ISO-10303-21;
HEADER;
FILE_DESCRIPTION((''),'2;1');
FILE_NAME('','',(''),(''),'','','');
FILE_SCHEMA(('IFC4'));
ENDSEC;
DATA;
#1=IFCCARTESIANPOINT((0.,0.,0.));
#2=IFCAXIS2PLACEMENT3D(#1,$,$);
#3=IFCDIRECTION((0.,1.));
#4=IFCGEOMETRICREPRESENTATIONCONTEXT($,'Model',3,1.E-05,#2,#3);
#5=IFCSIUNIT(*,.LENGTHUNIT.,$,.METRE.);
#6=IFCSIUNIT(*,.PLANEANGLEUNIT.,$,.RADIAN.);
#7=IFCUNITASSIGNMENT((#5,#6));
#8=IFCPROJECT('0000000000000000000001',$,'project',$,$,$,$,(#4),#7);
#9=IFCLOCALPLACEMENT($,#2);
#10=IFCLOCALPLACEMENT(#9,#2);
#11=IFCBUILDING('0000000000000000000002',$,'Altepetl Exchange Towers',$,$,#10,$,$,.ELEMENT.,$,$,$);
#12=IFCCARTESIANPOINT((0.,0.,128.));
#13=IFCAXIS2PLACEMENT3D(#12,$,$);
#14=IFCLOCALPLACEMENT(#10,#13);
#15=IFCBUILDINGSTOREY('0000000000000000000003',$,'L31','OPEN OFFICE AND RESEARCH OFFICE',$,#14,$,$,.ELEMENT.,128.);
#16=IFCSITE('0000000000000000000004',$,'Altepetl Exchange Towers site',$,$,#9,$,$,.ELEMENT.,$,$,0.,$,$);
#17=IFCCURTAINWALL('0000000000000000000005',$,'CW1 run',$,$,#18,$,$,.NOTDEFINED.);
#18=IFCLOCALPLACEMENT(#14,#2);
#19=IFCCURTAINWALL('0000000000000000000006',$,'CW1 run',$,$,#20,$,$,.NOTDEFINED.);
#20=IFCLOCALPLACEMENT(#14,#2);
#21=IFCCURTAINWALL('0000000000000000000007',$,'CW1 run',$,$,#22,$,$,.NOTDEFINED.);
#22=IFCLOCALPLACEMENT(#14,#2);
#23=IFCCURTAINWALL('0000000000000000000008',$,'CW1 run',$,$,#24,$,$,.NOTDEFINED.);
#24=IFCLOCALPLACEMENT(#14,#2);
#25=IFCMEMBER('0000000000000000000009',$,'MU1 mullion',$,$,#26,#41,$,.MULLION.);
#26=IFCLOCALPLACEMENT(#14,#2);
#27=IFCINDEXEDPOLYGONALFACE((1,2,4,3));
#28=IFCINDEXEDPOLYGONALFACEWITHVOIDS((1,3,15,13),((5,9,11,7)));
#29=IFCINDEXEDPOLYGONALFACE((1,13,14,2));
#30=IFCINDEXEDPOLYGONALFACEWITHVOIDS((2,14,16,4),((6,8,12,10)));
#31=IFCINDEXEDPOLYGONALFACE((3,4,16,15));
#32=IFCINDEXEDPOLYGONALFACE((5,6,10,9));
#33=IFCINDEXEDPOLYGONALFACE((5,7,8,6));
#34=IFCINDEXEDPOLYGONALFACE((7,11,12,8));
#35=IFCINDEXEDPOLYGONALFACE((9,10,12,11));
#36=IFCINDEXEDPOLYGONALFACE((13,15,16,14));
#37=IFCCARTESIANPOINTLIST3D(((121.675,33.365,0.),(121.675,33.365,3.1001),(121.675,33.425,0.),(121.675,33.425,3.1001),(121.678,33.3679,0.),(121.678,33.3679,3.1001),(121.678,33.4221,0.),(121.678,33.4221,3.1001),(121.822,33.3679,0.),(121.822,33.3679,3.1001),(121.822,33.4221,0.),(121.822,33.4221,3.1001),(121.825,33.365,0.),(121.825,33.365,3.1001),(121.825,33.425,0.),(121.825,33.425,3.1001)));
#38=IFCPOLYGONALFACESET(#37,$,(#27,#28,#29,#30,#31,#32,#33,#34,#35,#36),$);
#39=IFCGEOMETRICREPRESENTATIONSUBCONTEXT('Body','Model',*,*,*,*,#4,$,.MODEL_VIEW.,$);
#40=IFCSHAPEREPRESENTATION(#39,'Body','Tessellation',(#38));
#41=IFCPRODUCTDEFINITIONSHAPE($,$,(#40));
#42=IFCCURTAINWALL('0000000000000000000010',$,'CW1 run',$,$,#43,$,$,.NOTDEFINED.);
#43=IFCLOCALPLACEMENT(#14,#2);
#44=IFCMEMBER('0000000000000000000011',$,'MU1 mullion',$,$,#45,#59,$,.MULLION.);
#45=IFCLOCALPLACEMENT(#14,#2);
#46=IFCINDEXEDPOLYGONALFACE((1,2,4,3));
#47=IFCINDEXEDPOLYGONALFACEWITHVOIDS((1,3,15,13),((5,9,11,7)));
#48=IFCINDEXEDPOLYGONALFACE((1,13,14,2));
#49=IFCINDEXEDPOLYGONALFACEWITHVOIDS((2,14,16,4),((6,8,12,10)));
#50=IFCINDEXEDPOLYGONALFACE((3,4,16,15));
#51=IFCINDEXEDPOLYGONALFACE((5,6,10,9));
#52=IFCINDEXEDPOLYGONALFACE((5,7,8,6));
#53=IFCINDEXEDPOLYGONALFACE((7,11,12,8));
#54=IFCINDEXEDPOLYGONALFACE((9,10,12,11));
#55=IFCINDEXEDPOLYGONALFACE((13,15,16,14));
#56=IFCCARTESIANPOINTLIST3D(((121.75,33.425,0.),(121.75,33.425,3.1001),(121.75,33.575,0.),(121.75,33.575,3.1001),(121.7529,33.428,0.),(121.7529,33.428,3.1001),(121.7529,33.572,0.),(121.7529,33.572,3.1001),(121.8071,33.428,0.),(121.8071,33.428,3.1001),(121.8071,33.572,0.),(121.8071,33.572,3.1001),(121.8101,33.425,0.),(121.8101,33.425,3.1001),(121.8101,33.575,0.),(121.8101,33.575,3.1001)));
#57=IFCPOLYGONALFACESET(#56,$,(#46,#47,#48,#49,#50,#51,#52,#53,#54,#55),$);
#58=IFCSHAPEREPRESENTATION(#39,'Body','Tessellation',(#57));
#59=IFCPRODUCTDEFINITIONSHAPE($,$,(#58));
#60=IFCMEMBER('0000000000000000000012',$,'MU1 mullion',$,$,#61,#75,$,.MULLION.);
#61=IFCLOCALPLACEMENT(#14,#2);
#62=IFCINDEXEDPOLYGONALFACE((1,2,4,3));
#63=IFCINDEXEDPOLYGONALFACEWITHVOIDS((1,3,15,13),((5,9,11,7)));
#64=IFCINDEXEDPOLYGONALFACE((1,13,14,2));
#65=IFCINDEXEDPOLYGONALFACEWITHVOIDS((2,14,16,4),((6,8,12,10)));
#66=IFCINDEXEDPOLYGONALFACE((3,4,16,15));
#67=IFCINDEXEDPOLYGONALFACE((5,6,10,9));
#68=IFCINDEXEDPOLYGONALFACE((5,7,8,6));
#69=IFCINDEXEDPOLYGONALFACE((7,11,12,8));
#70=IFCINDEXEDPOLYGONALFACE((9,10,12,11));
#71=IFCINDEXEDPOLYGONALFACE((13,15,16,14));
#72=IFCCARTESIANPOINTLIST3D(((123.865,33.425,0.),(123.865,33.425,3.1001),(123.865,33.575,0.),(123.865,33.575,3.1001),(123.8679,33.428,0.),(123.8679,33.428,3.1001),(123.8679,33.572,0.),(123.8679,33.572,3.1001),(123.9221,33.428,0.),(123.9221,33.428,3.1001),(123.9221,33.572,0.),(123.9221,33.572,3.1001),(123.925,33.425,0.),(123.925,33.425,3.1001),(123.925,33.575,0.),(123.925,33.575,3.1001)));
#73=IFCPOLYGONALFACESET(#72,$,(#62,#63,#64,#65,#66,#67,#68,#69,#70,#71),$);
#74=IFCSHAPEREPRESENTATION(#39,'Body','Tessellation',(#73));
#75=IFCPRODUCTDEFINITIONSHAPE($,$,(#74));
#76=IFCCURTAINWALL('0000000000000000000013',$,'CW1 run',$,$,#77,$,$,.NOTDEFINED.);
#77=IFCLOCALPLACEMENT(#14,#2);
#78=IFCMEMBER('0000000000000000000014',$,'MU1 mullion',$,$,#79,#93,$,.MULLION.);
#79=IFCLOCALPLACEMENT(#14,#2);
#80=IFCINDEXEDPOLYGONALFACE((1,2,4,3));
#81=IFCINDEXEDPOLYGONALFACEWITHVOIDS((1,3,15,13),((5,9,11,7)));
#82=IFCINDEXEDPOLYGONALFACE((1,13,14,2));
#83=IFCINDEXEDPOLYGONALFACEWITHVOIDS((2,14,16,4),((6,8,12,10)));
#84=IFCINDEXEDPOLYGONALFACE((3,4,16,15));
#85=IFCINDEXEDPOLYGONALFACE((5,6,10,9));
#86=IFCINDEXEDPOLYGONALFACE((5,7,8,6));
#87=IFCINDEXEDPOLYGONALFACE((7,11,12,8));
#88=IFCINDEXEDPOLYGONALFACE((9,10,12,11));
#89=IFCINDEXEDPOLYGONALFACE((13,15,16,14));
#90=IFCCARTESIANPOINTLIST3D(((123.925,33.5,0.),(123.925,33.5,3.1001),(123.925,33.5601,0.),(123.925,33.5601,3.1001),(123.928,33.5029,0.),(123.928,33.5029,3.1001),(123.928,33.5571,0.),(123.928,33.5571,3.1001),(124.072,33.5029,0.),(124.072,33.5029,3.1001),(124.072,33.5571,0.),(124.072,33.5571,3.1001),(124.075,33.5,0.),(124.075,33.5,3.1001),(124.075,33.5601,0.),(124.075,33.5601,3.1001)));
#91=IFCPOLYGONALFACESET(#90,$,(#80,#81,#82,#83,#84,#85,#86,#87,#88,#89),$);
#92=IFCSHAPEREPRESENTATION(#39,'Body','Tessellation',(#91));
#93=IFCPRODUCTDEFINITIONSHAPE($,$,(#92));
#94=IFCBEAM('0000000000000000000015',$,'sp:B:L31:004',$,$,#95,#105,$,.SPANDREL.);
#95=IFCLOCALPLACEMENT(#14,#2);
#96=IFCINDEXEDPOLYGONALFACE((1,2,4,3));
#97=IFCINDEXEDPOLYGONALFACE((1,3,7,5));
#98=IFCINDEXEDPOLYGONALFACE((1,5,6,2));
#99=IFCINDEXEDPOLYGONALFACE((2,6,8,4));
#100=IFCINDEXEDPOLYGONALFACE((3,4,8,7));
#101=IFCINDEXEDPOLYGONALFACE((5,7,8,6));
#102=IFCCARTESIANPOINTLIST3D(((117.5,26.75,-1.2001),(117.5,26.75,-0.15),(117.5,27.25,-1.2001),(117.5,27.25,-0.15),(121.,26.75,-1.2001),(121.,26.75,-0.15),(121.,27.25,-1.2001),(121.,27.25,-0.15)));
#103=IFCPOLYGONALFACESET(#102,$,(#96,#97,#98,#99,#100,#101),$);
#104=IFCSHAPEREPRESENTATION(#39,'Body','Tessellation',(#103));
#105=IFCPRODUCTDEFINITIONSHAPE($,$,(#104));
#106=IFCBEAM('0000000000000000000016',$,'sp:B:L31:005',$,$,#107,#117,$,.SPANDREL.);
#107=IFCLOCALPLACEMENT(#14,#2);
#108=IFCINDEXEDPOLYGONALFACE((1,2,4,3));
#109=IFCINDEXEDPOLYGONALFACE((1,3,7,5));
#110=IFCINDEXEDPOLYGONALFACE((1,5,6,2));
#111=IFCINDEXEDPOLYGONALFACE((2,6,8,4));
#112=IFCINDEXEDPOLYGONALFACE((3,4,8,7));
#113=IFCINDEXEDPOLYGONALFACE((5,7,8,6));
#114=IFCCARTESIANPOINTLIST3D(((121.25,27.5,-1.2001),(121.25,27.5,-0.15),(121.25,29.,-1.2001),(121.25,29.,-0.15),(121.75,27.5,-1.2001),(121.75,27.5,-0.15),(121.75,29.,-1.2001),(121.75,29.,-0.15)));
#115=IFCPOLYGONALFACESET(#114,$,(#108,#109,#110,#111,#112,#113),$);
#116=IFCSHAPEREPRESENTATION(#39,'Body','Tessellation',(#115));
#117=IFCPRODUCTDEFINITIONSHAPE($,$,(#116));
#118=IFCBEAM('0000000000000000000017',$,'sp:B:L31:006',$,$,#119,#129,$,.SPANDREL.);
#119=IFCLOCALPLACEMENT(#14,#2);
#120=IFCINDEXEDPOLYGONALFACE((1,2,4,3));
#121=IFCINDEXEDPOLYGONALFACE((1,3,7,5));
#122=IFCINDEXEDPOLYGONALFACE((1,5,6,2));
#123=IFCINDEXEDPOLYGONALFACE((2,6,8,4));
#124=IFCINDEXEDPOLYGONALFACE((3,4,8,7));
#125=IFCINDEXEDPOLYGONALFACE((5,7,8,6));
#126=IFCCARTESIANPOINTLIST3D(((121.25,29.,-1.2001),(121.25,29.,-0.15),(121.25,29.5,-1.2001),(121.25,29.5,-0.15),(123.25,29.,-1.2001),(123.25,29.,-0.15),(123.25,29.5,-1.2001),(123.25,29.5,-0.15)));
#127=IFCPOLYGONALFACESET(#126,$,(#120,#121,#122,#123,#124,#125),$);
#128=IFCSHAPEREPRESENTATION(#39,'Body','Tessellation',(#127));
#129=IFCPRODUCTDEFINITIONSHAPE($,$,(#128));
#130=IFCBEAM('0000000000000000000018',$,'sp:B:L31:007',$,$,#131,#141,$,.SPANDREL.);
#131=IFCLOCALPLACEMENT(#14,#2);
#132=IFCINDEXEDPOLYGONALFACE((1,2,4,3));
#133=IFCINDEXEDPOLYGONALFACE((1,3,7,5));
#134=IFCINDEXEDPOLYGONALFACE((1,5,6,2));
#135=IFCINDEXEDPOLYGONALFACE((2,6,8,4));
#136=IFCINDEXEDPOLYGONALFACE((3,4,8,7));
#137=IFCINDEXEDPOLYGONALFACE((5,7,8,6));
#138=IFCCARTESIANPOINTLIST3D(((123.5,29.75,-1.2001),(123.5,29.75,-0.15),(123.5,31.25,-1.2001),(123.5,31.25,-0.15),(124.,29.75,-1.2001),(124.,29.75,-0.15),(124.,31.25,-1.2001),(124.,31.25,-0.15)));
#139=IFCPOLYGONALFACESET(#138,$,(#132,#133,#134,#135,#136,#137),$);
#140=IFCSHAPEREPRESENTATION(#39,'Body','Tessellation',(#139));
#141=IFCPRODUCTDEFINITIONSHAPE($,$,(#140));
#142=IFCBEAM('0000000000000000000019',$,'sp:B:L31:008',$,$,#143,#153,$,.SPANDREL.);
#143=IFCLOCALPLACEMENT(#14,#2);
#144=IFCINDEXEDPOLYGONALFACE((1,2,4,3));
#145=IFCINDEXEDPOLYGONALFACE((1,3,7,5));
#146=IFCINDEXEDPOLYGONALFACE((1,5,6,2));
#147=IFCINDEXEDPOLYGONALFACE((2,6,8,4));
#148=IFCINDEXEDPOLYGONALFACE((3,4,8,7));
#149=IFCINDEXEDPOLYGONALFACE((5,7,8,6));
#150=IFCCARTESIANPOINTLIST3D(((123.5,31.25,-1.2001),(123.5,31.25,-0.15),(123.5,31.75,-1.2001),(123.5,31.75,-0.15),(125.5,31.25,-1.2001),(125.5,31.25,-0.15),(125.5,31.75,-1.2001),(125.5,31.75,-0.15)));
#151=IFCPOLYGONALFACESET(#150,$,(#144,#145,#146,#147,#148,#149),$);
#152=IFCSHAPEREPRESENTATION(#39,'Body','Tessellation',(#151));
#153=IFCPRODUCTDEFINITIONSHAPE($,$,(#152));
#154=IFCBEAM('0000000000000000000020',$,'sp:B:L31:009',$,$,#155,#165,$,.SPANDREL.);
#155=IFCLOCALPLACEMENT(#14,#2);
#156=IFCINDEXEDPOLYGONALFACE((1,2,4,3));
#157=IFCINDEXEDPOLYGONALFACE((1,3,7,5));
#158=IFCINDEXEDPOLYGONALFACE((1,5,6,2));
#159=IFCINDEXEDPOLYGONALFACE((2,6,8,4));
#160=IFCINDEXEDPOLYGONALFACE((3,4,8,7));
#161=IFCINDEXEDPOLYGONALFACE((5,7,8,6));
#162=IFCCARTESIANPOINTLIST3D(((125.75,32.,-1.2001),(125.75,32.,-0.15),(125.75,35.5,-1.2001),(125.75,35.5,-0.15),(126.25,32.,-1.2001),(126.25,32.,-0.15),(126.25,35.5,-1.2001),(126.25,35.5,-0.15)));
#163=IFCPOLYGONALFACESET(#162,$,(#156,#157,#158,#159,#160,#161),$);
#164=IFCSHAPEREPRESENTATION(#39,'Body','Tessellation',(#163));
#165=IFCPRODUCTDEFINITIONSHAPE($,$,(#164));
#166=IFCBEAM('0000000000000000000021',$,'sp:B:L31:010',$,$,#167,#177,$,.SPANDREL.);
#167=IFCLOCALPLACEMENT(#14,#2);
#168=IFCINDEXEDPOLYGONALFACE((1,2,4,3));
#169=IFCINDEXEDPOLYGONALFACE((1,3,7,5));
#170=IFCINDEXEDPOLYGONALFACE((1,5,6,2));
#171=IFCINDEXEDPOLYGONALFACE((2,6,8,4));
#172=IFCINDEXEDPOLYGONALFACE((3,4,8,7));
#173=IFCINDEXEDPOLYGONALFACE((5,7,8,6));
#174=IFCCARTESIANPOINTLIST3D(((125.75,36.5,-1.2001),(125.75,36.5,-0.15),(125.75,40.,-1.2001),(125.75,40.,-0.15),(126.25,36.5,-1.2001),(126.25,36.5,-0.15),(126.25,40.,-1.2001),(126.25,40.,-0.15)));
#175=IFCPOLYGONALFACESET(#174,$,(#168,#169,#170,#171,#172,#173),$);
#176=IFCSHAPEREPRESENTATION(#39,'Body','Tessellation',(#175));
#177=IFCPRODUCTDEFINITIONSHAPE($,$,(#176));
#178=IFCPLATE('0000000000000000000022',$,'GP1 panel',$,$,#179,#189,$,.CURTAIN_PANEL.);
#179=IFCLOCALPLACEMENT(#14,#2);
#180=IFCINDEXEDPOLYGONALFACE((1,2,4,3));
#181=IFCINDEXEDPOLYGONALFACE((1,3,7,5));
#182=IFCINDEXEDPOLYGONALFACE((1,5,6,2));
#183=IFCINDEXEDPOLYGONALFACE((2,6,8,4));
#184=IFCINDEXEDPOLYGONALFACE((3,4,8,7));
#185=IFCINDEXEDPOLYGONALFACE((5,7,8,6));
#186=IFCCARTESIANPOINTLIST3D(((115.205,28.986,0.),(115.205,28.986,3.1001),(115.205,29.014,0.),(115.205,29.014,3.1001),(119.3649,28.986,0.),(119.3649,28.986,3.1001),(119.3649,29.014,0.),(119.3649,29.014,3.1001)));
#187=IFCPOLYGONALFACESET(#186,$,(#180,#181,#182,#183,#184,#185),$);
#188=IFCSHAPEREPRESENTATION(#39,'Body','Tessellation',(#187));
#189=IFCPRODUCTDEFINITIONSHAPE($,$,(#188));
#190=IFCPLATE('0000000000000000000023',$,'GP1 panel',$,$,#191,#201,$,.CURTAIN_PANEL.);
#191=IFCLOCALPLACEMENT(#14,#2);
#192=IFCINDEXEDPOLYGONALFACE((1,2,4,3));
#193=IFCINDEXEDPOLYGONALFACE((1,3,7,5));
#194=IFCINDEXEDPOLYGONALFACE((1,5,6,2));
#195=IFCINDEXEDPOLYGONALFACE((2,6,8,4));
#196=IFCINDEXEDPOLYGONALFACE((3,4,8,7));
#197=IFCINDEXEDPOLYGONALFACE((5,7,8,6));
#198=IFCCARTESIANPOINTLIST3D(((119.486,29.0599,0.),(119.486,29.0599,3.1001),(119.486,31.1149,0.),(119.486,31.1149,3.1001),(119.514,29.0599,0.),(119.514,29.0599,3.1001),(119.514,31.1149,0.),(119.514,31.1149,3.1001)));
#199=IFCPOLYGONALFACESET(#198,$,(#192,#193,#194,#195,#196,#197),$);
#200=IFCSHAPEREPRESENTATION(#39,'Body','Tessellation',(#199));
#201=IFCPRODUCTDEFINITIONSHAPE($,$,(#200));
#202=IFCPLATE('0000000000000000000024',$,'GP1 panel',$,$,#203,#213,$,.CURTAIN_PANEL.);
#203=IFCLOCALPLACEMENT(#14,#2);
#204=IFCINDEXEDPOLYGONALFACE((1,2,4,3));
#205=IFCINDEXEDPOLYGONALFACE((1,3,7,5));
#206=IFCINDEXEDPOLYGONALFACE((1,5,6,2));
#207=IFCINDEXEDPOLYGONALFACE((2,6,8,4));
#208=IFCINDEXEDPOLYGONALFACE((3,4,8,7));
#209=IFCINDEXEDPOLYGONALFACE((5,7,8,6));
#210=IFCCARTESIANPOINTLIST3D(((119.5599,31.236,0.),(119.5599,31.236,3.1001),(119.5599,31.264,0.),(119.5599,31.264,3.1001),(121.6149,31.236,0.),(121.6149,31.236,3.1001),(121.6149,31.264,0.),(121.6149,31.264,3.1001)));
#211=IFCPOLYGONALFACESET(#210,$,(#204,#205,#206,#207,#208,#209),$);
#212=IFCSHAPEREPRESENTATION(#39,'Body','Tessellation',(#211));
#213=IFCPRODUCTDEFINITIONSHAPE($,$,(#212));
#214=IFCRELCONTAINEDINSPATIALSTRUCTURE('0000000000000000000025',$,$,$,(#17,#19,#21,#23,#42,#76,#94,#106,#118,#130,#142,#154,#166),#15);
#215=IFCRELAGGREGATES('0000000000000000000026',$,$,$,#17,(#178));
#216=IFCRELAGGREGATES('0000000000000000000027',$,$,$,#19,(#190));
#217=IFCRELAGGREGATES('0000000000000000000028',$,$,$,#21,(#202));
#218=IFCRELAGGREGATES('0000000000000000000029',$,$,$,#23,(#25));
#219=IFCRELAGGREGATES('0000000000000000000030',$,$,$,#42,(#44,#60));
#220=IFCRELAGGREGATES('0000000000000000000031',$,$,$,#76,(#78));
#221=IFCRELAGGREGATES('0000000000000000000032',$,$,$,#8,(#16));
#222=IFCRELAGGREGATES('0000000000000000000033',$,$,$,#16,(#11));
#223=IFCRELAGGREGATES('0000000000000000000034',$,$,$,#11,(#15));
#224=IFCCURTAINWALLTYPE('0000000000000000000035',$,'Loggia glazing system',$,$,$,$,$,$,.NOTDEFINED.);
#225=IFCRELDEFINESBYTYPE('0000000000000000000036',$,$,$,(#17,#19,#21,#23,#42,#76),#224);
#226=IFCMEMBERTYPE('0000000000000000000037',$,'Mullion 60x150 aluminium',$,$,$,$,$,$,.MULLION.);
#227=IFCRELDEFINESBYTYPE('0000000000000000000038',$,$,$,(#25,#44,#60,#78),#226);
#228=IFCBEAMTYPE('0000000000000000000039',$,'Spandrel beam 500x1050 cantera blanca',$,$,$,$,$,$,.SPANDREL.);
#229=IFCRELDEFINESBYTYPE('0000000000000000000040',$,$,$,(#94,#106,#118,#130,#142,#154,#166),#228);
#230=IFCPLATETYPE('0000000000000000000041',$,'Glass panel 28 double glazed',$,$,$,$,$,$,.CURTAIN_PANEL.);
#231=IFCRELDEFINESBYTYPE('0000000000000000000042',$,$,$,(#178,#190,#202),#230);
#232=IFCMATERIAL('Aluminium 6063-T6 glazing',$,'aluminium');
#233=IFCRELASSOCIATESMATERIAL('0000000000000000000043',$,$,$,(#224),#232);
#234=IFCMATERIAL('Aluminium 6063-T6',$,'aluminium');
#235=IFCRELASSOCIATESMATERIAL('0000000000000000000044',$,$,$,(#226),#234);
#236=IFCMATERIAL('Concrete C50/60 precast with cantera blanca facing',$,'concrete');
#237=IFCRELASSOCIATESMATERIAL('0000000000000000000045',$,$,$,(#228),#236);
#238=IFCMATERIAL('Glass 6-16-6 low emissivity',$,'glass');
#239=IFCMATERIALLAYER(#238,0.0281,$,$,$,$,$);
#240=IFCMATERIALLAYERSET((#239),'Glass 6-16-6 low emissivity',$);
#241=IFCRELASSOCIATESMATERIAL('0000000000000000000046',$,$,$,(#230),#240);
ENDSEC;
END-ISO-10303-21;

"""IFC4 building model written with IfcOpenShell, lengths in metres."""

from ifc_helpers import new_model, si_unit, direction, frame, origin, origin_2d, place, context, subcontext, project, spatial, rectangle, hollow_rectangle, extrude, material, layer, layer_set, material_profile, profile_set, type_object, element, aggregate, save


model = new_model("IFC4")

# Units and contexts
model_context = context("Model", 3, precision=1e-05, world=origin(), true_north=direction((0.0, 1.0)))
body_context = subcontext(model_context, "Body", "Model", "MODEL_VIEW")
ifc_project = project(units=[si_unit("LENGTHUNIT", "METRE"), si_unit("PLANEANGLEUNIT", "RADIAN")], contexts=[model_context])

# Site, building, storey
site_placement = place(None, origin())
site = spatial("IfcSite", under=ifc_project, at=site_placement, Name="Altepetl Exchange Towers site", CompositionType="ELEMENT", RefElevation=0.0)
building_placement = place(site_placement, origin())
building = spatial("IfcBuilding", under=site, at=building_placement, Name="Altepetl Exchange Towers", CompositionType="ELEMENT")
storey_placement = place(building_placement, frame((0.0, 0.0, 128.0)))
storey = spatial("IfcBuildingStorey", under=building, at=storey_placement, Name="L31", Description="OPEN OFFICE AND RESEARCH OFFICE", CompositionType="ELEMENT", Elevation=128.0)

# Curtain wall
ifc_material_1 = material(Name="Aluminium 6063-T6 glazing", Category="aluminium")
curtain_wall_type = type_object("IfcCurtainWallType", Name="Loggia glazing system", PredefinedType="NOTDEFINED", material=ifc_material_1)
curtain_wall_1_placement = place(storey_placement, origin())
curtain_wall_1 = element("IfcCurtainWall", 1, at=curtain_wall_1_placement, inside=storey, type_object=curtain_wall_type, Name="CW1 run", PredefinedType="NOTDEFINED")
ifc_material_2 = material(Name="Aluminium 6063-T6", Category="aluminium")
ifc_material_profile_1 = material_profile(ifc_material_2, hollow_rectangle(XDim=0.0601, YDim=0.1499, WallThickness=0.0029, at=origin_2d()), Name="Mullion 60x150 aluminium")
ifc_profile_set_1 = profile_set([ifc_material_profile_1], Name="Aluminium 6063-T6")
member_type = type_object("IfcMemberType", Name="Mullion 60x150 aluminium", PredefinedType="MULLION", material=ifc_profile_set_1)

# Curtain walls, members
curtain_wall_2_placement = place(storey_placement, origin())
curtain_wall_2 = element("IfcCurtainWall", 2, at=curtain_wall_2_placement, inside=storey, type_object=curtain_wall_type, Name="CW1 run", PredefinedType="NOTDEFINED")
curtain_wall_3_placement = place(storey_placement, origin())
curtain_wall_3 = element("IfcCurtainWall", 3, at=curtain_wall_3_placement, inside=storey, type_object=curtain_wall_type, Name="CW1 run", PredefinedType="NOTDEFINED")
curtain_wall_4_placement = place(storey_placement, origin())
curtain_wall_4 = element("IfcCurtainWall", 4, at=curtain_wall_4_placement, inside=storey, type_object=curtain_wall_type, Name="CW1 run", PredefinedType="NOTDEFINED")
member_1_placement = place(storey_placement, frame((121.75, 33.395, 0.0), z_axis=(0.0, 0.0, 1.0), x_axis=(0.0, 1.0, 0.0)))
member_1 = element("IfcMember", 5, at=member_1_placement, type_object=member_type, Name="MU1 mullion", PredefinedType="MULLION", context=body_context, shape_type="SweptSolid", body=[
    extrude(hollow_rectangle(XDim=0.0601, YDim=0.1499, WallThickness=0.0029, at=origin_2d()), origin(), (0.0, 0.0, 1.0), 3.1001),
])
curtain_wall_5_placement = place(storey_placement, origin())
curtain_wall_5 = element("IfcCurtainWall", 6, at=curtain_wall_5_placement, inside=storey, type_object=curtain_wall_type, Name="CW1 run", PredefinedType="NOTDEFINED")
member_2_placement = place(storey_placement, frame((121.78, 33.5, 0.0)))
member_2 = element("IfcMember", 7, at=member_2_placement, type_object=member_type, Name="MU1 mullion", PredefinedType="MULLION", context=body_context, shape_type="SweptSolid", body=[
    extrude(hollow_rectangle(XDim=0.0601, YDim=0.1499, WallThickness=0.0029, at=origin_2d()), origin(), (0.0, 0.0, 1.0), 3.1001),
])
member_3_placement = place(storey_placement, frame((123.895, 33.5, 0.0)))
member_3 = element("IfcMember", 8, at=member_3_placement, type_object=member_type, Name="MU1 mullion", PredefinedType="MULLION", context=body_context, shape_type="SweptSolid", body=[
    extrude(hollow_rectangle(XDim=0.0601, YDim=0.1499, WallThickness=0.0029, at=origin_2d()), origin(), (0.0, 0.0, 1.0), 3.1001),
])

# Curtain wall, member
curtain_wall_6_placement = place(storey_placement, origin())
curtain_wall_6 = element("IfcCurtainWall", 9, at=curtain_wall_6_placement, inside=storey, type_object=curtain_wall_type, Name="CW1 run", PredefinedType="NOTDEFINED")
member_4_placement = place(storey_placement, frame((124.0, 33.53, 0.0), z_axis=(0.0, 0.0, 1.0), x_axis=(0.0, 1.0, 0.0)))
member_4 = element("IfcMember", 10, at=member_4_placement, type_object=member_type, Name="MU1 mullion", PredefinedType="MULLION", context=body_context, shape_type="SweptSolid", body=[
    extrude(hollow_rectangle(XDim=0.0601, YDim=0.1499, WallThickness=0.0029, at=origin_2d()), origin(), (0.0, 0.0, 1.0), 3.1001),
])

# Beams
ifc_material_3 = material(Name="Concrete C50/60 precast with cantera blanca facing", Category="concrete")
ifc_material_profile_2 = material_profile(ifc_material_3, rectangle(XDim=0.5, YDim=1.05, at=origin_2d()), Name="500 x 1050")
ifc_profile_set_2 = profile_set([ifc_material_profile_2], Name="Concrete C50/60 precast with cantera blanca facing")
beam_type_1 = type_object("IfcBeamType", Name="Spandrel beam 500x1050 cantera blanca", PredefinedType="SPANDREL", material=ifc_profile_set_2)
beam_1_placement = place(storey_placement, frame((117.5, 27.0, -0.675), z_axis=(1.0, 0.0, 0.0), x_axis=(0.0, 1.0, 0.0)))
element("IfcBeam", 11, at=beam_1_placement, inside=storey, type_object=beam_type_1, Name="sp:B:L31:004", PredefinedType="SPANDREL", context=body_context, shape_type="SweptSolid", body=[
    extrude(rectangle(XDim=0.5, YDim=1.05, at=origin_2d()), origin(), (0.0, 0.0, 1.0), 3.5),
])
beam_2_placement = place(storey_placement, frame((121.5, 27.5, -0.675), z_axis=(0.0, 1.0, 0.0), x_axis=(-1.0, 0.0, 0.0)))
element("IfcBeam", 12, at=beam_2_placement, inside=storey, type_object=beam_type_1, Name="sp:B:L31:005", PredefinedType="SPANDREL", context=body_context, shape_type="SweptSolid", body=[
    extrude(rectangle(XDim=0.5, YDim=1.05, at=origin_2d()), origin(), (0.0, 0.0, 1.0), 1.5),
])
beam_3_placement = place(storey_placement, frame((121.25, 29.25, -0.675), z_axis=(1.0, 0.0, 0.0), x_axis=(0.0, 1.0, 0.0)))
element("IfcBeam", 13, at=beam_3_placement, inside=storey, type_object=beam_type_1, Name="sp:B:L31:006", PredefinedType="SPANDREL", context=body_context, shape_type="SweptSolid", body=[
    extrude(rectangle(XDim=0.5, YDim=1.05, at=origin_2d()), origin(), (0.0, 0.0, 1.0), 2.0),
])
beam_4_placement = place(storey_placement, frame((123.75, 29.75, -0.675), z_axis=(0.0, 1.0, 0.0), x_axis=(-1.0, 0.0, 0.0)))
element("IfcBeam", 14, at=beam_4_placement, inside=storey, type_object=beam_type_1, Name="sp:B:L31:007", PredefinedType="SPANDREL", context=body_context, shape_type="SweptSolid", body=[
    extrude(rectangle(XDim=0.5, YDim=1.05, at=origin_2d()), origin(), (0.0, 0.0, 1.0), 1.5),
])
beam_5_placement = place(storey_placement, frame((123.5, 31.5, -0.675), z_axis=(1.0, 0.0, 0.0), x_axis=(0.0, 1.0, 0.0)))
element("IfcBeam", 15, at=beam_5_placement, inside=storey, type_object=beam_type_1, Name="sp:B:L31:008", PredefinedType="SPANDREL", context=body_context, shape_type="SweptSolid", body=[
    extrude(rectangle(XDim=0.5, YDim=1.05, at=origin_2d()), origin(), (0.0, 0.0, 1.0), 2.0),
])
for number, where, z_axis, x_axis, name in (
    (16, (126.0, 32.0, -0.675), (0.0, 1.0, 0.0), (-1.0, 0.0, 0.0), "sp:B:L31:009"),
    (17, (126.0, 36.5, -0.675), (0.0, 1.0, 0.0), (-1.0, 0.0, 0.0), "sp:B:L31:010"),
):
    element("IfcBeam", number, at=place(storey_placement, frame(where, z_axis=z_axis, x_axis=x_axis)), inside=storey, type_object=beam_type_1, Name=name, PredefinedType="SPANDREL", context=body_context, shape_type="SweptSolid", body=[
        extrude(rectangle(XDim=0.5, YDim=1.05, at=origin_2d()), origin(), (0.0, 0.0, 1.0), 3.5),
    ])

# Plates
ifc_material_4 = material(Name="Glass 6-16-6 low emissivity", Category="glass")
ifc_layer_1 = layer(ifc_material_4, 0.0281)
ifc_layer_set_1 = layer_set([ifc_layer_1], Name="Glass 6-16-6 low emissivity")
plate_type = type_object("IfcPlateType", Name="Glass panel 28 double glazed", PredefinedType="CURTAIN_PANEL", material=ifc_layer_set_1)
plate_1_placement = place(storey_placement, frame((117.2849, 29.0, 0.0)))
plate_1 = element("IfcPlate", 18, at=plate_1_placement, type_object=plate_type, Name="GP1 panel", PredefinedType="CURTAIN_PANEL", context=body_context, shape_type="SweptSolid", body=[
    extrude(rectangle(XDim=4.1599, YDim=0.0281, at=origin_2d()), origin(), (0.0, 0.0, 1.0), 3.1001),
])
aggregate(curtain_wall_1, [plate_1])
plate_2_placement = place(storey_placement, frame((119.5, 30.0874, 0.0), z_axis=(0.0, 0.0, 1.0), x_axis=(0.0, 1.0, 0.0)))
plate_2 = element("IfcPlate", 19, at=plate_2_placement, type_object=plate_type, Name="GP1 panel", PredefinedType="CURTAIN_PANEL", context=body_context, shape_type="SweptSolid", body=[
    extrude(rectangle(XDim=2.0549, YDim=0.0281, at=origin_2d()), origin(), (0.0, 0.0, 1.0), 3.1001),
])
aggregate(curtain_wall_2, [plate_2])
plate_3_placement = place(storey_placement, frame((120.5874, 31.25, 0.0)))
plate_3 = element("IfcPlate", 20, at=plate_3_placement, type_object=plate_type, Name="GP1 panel", PredefinedType="CURTAIN_PANEL", context=body_context, shape_type="SweptSolid", body=[
    extrude(rectangle(XDim=2.0549, YDim=0.0281, at=origin_2d()), origin(), (0.0, 0.0, 1.0), 3.1001),
])
aggregate(curtain_wall_3, [plate_3])
aggregate(curtain_wall_4, [member_1])
aggregate(curtain_wall_5, [member_2, member_3])
aggregate(curtain_wall_6, [member_4])

save(model, "model.ifc")
